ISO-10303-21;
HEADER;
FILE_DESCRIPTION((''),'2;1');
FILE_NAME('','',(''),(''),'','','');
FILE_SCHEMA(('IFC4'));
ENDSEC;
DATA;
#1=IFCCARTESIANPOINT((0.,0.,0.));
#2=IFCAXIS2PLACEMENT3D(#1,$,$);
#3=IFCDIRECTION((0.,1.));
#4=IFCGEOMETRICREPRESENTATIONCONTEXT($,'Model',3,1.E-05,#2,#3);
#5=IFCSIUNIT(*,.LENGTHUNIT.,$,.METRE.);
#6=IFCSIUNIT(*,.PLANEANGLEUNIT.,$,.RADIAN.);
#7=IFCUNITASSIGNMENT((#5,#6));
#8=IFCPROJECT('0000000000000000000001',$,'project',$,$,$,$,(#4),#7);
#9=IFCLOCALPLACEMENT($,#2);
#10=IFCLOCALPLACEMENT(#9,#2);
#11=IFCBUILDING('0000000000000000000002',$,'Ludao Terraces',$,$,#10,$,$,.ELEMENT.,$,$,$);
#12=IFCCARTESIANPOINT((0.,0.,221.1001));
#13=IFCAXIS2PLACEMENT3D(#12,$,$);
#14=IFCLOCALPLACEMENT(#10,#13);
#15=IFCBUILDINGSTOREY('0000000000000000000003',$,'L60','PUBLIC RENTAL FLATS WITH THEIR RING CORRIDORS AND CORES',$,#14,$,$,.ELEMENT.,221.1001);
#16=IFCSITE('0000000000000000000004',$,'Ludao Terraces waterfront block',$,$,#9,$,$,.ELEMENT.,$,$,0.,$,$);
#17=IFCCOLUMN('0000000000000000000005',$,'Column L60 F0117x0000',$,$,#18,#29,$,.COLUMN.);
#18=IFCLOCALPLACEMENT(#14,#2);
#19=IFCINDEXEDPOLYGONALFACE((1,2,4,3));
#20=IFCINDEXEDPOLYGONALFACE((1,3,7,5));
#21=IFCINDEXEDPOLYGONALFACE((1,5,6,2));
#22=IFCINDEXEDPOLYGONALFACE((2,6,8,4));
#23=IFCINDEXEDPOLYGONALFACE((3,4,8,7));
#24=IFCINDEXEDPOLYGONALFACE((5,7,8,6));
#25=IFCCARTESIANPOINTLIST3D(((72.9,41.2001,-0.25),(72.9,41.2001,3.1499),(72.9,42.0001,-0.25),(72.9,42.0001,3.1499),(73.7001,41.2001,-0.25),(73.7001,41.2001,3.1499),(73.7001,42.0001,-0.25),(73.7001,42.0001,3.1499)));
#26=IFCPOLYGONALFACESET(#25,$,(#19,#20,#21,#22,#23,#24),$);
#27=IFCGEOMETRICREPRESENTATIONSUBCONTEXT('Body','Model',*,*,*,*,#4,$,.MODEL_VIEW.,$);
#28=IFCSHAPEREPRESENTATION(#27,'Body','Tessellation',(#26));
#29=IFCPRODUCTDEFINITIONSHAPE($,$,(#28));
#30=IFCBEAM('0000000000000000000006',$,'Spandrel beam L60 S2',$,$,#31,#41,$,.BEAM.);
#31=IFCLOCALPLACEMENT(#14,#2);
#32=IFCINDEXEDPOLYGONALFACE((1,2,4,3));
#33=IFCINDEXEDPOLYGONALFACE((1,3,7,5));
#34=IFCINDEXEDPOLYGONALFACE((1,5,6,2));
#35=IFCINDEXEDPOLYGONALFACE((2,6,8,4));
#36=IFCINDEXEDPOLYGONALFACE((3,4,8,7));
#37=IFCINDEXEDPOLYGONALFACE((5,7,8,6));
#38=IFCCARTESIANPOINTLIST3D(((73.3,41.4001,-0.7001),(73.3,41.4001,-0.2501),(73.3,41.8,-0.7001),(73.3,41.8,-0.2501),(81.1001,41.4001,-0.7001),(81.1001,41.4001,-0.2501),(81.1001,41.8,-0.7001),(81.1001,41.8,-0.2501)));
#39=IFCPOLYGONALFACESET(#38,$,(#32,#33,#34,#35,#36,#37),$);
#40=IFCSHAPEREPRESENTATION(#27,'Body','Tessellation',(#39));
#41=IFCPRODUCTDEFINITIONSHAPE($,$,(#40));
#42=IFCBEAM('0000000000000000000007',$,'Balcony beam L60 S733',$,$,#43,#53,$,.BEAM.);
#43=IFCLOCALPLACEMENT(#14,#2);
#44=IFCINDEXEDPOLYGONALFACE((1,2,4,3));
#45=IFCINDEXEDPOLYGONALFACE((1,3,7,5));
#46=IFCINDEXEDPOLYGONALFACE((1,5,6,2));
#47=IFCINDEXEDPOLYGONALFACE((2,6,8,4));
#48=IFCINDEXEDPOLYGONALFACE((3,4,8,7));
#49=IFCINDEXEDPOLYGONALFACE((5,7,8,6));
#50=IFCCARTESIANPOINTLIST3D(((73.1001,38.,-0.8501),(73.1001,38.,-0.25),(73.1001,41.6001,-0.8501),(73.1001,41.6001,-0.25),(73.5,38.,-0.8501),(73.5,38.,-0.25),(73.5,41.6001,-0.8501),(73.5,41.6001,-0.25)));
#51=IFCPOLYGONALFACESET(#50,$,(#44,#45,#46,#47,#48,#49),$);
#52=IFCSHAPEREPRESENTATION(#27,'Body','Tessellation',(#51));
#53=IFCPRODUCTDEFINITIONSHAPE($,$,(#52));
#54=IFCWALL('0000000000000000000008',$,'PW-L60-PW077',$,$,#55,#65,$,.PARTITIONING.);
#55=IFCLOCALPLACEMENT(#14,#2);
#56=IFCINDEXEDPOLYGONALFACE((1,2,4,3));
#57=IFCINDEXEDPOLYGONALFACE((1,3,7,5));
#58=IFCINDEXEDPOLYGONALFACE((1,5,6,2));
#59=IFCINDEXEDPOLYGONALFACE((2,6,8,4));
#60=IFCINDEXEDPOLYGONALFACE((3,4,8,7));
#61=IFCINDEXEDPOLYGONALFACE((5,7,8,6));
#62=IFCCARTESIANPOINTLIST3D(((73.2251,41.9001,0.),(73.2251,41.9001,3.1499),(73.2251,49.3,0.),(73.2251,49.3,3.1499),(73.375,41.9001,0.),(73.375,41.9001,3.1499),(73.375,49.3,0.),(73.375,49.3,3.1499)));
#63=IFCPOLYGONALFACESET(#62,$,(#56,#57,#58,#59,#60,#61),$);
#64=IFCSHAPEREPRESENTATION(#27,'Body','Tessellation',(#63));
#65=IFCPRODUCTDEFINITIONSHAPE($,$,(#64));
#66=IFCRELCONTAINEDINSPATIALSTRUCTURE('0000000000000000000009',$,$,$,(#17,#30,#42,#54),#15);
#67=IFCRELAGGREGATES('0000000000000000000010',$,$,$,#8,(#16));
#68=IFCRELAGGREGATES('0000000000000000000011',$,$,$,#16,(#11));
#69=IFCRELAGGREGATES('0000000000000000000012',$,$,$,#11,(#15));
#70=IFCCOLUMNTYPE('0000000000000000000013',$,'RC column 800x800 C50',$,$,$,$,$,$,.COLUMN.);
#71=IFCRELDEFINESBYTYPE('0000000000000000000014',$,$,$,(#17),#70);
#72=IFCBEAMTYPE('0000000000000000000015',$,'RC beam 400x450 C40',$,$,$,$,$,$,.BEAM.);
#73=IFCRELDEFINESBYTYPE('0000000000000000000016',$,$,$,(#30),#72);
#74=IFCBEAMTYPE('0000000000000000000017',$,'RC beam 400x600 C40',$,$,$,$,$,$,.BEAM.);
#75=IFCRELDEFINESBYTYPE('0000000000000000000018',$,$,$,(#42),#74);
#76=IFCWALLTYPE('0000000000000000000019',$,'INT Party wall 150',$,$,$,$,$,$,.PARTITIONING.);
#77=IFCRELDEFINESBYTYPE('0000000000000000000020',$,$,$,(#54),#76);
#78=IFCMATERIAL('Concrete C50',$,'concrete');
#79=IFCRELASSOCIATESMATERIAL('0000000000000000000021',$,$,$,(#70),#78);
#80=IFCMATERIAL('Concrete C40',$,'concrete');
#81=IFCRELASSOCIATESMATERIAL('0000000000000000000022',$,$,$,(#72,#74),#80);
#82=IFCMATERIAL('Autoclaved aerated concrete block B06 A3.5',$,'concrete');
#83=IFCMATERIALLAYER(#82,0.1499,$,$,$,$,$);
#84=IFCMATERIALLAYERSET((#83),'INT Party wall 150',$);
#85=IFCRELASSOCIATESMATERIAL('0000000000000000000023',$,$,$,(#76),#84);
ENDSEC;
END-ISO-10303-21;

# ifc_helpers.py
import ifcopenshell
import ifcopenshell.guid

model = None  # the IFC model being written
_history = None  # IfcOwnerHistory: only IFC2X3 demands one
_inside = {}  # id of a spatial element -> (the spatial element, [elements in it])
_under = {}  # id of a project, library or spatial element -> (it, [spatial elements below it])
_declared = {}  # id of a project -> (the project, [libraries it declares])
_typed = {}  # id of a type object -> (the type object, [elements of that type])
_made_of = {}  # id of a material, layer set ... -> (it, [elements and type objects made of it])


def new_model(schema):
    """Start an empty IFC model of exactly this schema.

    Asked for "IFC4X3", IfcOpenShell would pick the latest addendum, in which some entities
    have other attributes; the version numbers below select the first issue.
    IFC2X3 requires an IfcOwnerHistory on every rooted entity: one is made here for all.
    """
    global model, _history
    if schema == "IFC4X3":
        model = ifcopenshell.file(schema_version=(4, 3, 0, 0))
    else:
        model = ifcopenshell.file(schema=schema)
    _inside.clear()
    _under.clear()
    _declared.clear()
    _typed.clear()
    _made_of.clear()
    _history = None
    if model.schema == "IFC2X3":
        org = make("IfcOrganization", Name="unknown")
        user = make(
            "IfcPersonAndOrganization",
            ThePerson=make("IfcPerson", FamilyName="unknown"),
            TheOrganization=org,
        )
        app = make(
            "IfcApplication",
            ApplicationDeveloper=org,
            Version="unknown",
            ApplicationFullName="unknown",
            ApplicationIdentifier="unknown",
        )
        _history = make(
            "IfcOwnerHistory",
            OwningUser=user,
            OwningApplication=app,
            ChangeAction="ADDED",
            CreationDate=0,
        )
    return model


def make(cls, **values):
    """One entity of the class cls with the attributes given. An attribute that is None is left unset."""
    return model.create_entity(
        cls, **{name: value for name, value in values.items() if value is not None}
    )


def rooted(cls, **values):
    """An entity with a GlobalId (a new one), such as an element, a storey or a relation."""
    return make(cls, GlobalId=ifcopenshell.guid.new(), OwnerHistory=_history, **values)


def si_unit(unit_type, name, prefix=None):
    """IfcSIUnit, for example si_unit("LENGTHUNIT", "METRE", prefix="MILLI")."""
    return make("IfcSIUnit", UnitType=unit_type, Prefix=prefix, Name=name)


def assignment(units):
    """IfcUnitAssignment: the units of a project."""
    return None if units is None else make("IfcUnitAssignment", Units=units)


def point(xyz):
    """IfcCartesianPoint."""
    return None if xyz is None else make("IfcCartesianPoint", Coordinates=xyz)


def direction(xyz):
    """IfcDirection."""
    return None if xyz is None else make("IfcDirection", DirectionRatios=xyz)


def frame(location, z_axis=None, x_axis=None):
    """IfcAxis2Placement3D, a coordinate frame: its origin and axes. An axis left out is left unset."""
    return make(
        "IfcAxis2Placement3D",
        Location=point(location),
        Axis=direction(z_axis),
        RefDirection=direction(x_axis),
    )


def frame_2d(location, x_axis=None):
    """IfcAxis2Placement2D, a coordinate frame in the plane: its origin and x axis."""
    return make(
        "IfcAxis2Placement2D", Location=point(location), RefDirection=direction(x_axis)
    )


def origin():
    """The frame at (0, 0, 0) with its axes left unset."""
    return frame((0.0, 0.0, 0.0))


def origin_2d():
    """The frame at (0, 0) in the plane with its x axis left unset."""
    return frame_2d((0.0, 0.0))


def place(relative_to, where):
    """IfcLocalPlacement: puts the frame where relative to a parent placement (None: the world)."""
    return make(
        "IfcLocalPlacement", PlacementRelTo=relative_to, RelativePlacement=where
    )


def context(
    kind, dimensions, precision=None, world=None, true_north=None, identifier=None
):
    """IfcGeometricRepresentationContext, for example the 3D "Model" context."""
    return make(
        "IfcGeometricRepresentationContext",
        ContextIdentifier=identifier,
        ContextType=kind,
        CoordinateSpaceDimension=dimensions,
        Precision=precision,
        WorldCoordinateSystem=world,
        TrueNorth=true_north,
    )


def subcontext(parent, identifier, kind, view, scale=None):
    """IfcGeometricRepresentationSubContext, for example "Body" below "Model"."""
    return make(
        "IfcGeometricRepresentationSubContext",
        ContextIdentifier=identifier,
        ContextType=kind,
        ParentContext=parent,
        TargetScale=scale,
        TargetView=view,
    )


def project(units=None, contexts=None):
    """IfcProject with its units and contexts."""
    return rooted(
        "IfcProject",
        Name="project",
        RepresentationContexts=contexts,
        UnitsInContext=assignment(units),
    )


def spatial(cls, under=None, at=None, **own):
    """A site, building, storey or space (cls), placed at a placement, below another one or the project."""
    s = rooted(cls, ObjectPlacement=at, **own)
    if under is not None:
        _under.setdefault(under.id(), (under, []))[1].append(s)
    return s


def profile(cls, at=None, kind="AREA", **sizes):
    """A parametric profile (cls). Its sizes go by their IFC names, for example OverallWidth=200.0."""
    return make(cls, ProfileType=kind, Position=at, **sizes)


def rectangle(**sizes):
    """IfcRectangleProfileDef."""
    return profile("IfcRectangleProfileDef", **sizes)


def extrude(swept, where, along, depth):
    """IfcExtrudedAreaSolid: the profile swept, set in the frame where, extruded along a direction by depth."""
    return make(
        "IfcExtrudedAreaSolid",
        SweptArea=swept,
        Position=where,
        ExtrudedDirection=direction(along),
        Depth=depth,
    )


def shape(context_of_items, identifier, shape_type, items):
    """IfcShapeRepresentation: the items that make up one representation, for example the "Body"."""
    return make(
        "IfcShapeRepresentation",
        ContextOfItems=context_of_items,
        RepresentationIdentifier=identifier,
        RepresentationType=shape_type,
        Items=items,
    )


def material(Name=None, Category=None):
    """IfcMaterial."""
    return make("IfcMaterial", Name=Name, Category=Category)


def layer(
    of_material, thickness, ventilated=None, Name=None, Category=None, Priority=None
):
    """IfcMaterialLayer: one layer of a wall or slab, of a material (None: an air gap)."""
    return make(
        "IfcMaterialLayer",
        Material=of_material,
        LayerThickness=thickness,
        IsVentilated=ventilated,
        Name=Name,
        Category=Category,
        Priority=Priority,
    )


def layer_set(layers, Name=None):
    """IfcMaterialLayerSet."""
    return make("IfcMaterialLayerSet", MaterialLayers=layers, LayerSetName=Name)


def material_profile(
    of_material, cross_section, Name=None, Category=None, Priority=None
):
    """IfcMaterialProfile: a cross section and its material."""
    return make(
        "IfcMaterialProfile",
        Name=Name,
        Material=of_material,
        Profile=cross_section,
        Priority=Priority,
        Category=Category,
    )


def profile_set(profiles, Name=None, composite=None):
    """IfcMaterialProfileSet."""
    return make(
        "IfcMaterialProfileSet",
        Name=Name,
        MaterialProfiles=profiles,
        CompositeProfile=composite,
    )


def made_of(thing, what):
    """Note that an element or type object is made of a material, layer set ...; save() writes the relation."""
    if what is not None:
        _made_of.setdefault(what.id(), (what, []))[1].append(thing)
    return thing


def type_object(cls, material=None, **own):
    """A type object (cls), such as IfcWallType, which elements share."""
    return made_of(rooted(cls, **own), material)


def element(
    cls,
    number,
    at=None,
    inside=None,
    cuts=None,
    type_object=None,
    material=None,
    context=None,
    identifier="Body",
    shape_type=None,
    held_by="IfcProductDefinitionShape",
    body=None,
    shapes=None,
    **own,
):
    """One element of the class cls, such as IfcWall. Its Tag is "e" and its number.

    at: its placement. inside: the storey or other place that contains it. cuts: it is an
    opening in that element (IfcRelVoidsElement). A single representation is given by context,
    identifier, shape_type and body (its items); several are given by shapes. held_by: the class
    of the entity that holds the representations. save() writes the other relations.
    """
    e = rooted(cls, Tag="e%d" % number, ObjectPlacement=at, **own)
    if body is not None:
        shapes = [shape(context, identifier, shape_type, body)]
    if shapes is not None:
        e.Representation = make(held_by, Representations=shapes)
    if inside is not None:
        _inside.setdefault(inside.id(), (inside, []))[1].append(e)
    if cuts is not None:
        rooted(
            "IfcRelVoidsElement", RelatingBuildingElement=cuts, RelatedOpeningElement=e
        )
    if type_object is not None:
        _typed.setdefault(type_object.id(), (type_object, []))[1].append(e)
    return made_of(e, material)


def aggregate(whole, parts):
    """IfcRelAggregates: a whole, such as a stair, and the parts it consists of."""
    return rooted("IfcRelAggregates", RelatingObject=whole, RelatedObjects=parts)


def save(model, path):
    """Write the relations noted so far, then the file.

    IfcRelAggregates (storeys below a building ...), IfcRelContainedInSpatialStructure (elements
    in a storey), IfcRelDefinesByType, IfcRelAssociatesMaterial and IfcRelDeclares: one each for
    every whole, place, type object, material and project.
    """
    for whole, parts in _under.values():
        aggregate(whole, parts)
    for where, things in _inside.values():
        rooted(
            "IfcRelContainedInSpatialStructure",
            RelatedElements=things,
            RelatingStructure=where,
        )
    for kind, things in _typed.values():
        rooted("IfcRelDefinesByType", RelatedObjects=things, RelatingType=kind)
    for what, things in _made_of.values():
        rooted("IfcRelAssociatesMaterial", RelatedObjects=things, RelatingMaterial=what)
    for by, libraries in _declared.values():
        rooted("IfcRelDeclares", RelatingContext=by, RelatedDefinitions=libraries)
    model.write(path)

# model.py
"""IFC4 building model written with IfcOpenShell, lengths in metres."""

from ifc_helpers import new_model, si_unit, direction, frame, frame_2d, origin, origin_2d, place, context, subcontext, project, spatial, rectangle, extrude, material, layer, layer_set, material_profile, profile_set, type_object, element, save


model = new_model("IFC4")

# Units and contexts
model_context = context("Model", 3, precision=1e-05, world=origin(), true_north=direction((0.0, 1.0)))
body_context = subcontext(model_context, "Body", "Model", "MODEL_VIEW")
ifc_project = project(units=[si_unit("LENGTHUNIT", "METRE"), si_unit("PLANEANGLEUNIT", "RADIAN")], contexts=[model_context])

# Site, building, storey
site_placement = place(None, origin())
site = spatial("IfcSite", under=ifc_project, at=site_placement, Name="Ludao Terraces waterfront block", CompositionType="ELEMENT", RefElevation=0.0)
building_placement = place(site_placement, origin())
building = spatial("IfcBuilding", under=site, at=building_placement, Name="Ludao Terraces", CompositionType="ELEMENT")
storey_placement = place(building_placement, frame((0.0, 0.0, 221.1001)))
storey = spatial("IfcBuildingStorey", under=building, at=storey_placement, Name="L60", Description="PUBLIC RENTAL FLATS WITH THEIR RING CORRIDORS AND CORES", CompositionType="ELEMENT", Elevation=221.1001)

# Column
ifc_material_1 = material(Name="Concrete C50", Category="concrete")
ifc_material_profile_1 = material_profile(ifc_material_1, rectangle(XDim=0.8, YDim=0.8, at=origin_2d()), Name="800 X 800")
ifc_profile_set_1 = profile_set([ifc_material_profile_1], Name="Concrete C50")
column_type = type_object("IfcColumnType", Name="RC column 800x800 C50", PredefinedType="COLUMN", material=ifc_profile_set_1)
column_placement = place(storey_placement, frame((73.3, 41.6001, -0.25), z_axis=(0.0, 0.0, 1.0), x_axis=(1.0, 0.0, 0.0)))
element("IfcColumn", 1, at=column_placement, inside=storey, type_object=column_type, Name="Column L60 F0117x0000", PredefinedType="COLUMN", context=body_context, shape_type="SweptSolid", body=[
    extrude(rectangle(XDim=0.8, YDim=0.8, at=origin_2d()), origin(), (0.0, 0.0, 1.0), 3.3999),
])

# Beams
ifc_material_2 = material(Name="Concrete C40", Category="concrete")
ifc_material_profile_2 = material_profile(ifc_material_2, rectangle(XDim=0.3999, YDim=0.45, at=origin_2d()), Name="400 X 450")
ifc_profile_set_2 = profile_set([ifc_material_profile_2], Name="Concrete C40")
beam_type_1 = type_object("IfcBeamType", Name="RC beam 400x450 C40", PredefinedType="BEAM", material=ifc_profile_set_2)
beam_1_placement = place(storey_placement, frame((73.3, 41.6001, -0.4751), z_axis=(1.0, 0.0, 0.0), x_axis=(0.0, 1.0, 0.0)))
element("IfcBeam", 2, at=beam_1_placement, inside=storey, type_object=beam_type_1, Name="Spandrel beam L60 S2", PredefinedType="BEAM", context=body_context, shape_type="SweptSolid", body=[
    extrude(rectangle(XDim=0.3999, YDim=0.45, at=origin_2d()), origin(), (0.0, 0.0, 1.0), 7.8),
])
ifc_material_profile_3 = material_profile(ifc_material_2, rectangle(XDim=0.3999, YDim=0.6001, at=origin_2d()), Name="400 X 600")
ifc_profile_set_3 = profile_set([ifc_material_profile_3], Name="Concrete C40")
beam_type_2 = type_object("IfcBeamType", Name="RC beam 400x600 C40", PredefinedType="BEAM", material=ifc_profile_set_3)
beam_2_placement = place(storey_placement, frame((73.3, 41.6001, -0.55), z_axis=(0.0, -1.0, 0.0), x_axis=(1.0, 0.0, 0.0)))
element("IfcBeam", 3, at=beam_2_placement, inside=storey, type_object=beam_type_2, Name="Balcony beam L60 S733", PredefinedType="BEAM", context=body_context, shape_type="SweptSolid", body=[
    extrude(rectangle(XDim=0.3999, YDim=0.6001, at=origin_2d()), origin(), (0.0, 0.0, 1.0), 3.6001),
])

# Wall
ifc_material_3 = material(Name="Autoclaved aerated concrete block B06 A3.5", Category="concrete")
ifc_layer = layer(ifc_material_3, 0.1499)
ifc_layer_set = layer_set([ifc_layer], Name="INT Party wall 150")
wall_type = type_object("IfcWallType", Name="INT Party wall 150", PredefinedType="PARTITIONING", material=ifc_layer_set)
wall_placement = place(storey_placement, frame((73.3, 41.9001, 0.0), z_axis=(0.0, 0.0, 1.0), x_axis=(0.0, 1.0, 0.0)))
element("IfcWall", 4, at=wall_placement, inside=storey, type_object=wall_type, Name="PW-L60-PW077", PredefinedType="PARTITIONING", context=body_context, shape_type="SweptSolid", body=[
    extrude(rectangle(XDim=7.3999, YDim=0.1499, at=frame_2d((3.7, 0.0))), origin(), (0.0, 0.0, 1.0), 3.1499),
])

save(model, "model.ifc")
